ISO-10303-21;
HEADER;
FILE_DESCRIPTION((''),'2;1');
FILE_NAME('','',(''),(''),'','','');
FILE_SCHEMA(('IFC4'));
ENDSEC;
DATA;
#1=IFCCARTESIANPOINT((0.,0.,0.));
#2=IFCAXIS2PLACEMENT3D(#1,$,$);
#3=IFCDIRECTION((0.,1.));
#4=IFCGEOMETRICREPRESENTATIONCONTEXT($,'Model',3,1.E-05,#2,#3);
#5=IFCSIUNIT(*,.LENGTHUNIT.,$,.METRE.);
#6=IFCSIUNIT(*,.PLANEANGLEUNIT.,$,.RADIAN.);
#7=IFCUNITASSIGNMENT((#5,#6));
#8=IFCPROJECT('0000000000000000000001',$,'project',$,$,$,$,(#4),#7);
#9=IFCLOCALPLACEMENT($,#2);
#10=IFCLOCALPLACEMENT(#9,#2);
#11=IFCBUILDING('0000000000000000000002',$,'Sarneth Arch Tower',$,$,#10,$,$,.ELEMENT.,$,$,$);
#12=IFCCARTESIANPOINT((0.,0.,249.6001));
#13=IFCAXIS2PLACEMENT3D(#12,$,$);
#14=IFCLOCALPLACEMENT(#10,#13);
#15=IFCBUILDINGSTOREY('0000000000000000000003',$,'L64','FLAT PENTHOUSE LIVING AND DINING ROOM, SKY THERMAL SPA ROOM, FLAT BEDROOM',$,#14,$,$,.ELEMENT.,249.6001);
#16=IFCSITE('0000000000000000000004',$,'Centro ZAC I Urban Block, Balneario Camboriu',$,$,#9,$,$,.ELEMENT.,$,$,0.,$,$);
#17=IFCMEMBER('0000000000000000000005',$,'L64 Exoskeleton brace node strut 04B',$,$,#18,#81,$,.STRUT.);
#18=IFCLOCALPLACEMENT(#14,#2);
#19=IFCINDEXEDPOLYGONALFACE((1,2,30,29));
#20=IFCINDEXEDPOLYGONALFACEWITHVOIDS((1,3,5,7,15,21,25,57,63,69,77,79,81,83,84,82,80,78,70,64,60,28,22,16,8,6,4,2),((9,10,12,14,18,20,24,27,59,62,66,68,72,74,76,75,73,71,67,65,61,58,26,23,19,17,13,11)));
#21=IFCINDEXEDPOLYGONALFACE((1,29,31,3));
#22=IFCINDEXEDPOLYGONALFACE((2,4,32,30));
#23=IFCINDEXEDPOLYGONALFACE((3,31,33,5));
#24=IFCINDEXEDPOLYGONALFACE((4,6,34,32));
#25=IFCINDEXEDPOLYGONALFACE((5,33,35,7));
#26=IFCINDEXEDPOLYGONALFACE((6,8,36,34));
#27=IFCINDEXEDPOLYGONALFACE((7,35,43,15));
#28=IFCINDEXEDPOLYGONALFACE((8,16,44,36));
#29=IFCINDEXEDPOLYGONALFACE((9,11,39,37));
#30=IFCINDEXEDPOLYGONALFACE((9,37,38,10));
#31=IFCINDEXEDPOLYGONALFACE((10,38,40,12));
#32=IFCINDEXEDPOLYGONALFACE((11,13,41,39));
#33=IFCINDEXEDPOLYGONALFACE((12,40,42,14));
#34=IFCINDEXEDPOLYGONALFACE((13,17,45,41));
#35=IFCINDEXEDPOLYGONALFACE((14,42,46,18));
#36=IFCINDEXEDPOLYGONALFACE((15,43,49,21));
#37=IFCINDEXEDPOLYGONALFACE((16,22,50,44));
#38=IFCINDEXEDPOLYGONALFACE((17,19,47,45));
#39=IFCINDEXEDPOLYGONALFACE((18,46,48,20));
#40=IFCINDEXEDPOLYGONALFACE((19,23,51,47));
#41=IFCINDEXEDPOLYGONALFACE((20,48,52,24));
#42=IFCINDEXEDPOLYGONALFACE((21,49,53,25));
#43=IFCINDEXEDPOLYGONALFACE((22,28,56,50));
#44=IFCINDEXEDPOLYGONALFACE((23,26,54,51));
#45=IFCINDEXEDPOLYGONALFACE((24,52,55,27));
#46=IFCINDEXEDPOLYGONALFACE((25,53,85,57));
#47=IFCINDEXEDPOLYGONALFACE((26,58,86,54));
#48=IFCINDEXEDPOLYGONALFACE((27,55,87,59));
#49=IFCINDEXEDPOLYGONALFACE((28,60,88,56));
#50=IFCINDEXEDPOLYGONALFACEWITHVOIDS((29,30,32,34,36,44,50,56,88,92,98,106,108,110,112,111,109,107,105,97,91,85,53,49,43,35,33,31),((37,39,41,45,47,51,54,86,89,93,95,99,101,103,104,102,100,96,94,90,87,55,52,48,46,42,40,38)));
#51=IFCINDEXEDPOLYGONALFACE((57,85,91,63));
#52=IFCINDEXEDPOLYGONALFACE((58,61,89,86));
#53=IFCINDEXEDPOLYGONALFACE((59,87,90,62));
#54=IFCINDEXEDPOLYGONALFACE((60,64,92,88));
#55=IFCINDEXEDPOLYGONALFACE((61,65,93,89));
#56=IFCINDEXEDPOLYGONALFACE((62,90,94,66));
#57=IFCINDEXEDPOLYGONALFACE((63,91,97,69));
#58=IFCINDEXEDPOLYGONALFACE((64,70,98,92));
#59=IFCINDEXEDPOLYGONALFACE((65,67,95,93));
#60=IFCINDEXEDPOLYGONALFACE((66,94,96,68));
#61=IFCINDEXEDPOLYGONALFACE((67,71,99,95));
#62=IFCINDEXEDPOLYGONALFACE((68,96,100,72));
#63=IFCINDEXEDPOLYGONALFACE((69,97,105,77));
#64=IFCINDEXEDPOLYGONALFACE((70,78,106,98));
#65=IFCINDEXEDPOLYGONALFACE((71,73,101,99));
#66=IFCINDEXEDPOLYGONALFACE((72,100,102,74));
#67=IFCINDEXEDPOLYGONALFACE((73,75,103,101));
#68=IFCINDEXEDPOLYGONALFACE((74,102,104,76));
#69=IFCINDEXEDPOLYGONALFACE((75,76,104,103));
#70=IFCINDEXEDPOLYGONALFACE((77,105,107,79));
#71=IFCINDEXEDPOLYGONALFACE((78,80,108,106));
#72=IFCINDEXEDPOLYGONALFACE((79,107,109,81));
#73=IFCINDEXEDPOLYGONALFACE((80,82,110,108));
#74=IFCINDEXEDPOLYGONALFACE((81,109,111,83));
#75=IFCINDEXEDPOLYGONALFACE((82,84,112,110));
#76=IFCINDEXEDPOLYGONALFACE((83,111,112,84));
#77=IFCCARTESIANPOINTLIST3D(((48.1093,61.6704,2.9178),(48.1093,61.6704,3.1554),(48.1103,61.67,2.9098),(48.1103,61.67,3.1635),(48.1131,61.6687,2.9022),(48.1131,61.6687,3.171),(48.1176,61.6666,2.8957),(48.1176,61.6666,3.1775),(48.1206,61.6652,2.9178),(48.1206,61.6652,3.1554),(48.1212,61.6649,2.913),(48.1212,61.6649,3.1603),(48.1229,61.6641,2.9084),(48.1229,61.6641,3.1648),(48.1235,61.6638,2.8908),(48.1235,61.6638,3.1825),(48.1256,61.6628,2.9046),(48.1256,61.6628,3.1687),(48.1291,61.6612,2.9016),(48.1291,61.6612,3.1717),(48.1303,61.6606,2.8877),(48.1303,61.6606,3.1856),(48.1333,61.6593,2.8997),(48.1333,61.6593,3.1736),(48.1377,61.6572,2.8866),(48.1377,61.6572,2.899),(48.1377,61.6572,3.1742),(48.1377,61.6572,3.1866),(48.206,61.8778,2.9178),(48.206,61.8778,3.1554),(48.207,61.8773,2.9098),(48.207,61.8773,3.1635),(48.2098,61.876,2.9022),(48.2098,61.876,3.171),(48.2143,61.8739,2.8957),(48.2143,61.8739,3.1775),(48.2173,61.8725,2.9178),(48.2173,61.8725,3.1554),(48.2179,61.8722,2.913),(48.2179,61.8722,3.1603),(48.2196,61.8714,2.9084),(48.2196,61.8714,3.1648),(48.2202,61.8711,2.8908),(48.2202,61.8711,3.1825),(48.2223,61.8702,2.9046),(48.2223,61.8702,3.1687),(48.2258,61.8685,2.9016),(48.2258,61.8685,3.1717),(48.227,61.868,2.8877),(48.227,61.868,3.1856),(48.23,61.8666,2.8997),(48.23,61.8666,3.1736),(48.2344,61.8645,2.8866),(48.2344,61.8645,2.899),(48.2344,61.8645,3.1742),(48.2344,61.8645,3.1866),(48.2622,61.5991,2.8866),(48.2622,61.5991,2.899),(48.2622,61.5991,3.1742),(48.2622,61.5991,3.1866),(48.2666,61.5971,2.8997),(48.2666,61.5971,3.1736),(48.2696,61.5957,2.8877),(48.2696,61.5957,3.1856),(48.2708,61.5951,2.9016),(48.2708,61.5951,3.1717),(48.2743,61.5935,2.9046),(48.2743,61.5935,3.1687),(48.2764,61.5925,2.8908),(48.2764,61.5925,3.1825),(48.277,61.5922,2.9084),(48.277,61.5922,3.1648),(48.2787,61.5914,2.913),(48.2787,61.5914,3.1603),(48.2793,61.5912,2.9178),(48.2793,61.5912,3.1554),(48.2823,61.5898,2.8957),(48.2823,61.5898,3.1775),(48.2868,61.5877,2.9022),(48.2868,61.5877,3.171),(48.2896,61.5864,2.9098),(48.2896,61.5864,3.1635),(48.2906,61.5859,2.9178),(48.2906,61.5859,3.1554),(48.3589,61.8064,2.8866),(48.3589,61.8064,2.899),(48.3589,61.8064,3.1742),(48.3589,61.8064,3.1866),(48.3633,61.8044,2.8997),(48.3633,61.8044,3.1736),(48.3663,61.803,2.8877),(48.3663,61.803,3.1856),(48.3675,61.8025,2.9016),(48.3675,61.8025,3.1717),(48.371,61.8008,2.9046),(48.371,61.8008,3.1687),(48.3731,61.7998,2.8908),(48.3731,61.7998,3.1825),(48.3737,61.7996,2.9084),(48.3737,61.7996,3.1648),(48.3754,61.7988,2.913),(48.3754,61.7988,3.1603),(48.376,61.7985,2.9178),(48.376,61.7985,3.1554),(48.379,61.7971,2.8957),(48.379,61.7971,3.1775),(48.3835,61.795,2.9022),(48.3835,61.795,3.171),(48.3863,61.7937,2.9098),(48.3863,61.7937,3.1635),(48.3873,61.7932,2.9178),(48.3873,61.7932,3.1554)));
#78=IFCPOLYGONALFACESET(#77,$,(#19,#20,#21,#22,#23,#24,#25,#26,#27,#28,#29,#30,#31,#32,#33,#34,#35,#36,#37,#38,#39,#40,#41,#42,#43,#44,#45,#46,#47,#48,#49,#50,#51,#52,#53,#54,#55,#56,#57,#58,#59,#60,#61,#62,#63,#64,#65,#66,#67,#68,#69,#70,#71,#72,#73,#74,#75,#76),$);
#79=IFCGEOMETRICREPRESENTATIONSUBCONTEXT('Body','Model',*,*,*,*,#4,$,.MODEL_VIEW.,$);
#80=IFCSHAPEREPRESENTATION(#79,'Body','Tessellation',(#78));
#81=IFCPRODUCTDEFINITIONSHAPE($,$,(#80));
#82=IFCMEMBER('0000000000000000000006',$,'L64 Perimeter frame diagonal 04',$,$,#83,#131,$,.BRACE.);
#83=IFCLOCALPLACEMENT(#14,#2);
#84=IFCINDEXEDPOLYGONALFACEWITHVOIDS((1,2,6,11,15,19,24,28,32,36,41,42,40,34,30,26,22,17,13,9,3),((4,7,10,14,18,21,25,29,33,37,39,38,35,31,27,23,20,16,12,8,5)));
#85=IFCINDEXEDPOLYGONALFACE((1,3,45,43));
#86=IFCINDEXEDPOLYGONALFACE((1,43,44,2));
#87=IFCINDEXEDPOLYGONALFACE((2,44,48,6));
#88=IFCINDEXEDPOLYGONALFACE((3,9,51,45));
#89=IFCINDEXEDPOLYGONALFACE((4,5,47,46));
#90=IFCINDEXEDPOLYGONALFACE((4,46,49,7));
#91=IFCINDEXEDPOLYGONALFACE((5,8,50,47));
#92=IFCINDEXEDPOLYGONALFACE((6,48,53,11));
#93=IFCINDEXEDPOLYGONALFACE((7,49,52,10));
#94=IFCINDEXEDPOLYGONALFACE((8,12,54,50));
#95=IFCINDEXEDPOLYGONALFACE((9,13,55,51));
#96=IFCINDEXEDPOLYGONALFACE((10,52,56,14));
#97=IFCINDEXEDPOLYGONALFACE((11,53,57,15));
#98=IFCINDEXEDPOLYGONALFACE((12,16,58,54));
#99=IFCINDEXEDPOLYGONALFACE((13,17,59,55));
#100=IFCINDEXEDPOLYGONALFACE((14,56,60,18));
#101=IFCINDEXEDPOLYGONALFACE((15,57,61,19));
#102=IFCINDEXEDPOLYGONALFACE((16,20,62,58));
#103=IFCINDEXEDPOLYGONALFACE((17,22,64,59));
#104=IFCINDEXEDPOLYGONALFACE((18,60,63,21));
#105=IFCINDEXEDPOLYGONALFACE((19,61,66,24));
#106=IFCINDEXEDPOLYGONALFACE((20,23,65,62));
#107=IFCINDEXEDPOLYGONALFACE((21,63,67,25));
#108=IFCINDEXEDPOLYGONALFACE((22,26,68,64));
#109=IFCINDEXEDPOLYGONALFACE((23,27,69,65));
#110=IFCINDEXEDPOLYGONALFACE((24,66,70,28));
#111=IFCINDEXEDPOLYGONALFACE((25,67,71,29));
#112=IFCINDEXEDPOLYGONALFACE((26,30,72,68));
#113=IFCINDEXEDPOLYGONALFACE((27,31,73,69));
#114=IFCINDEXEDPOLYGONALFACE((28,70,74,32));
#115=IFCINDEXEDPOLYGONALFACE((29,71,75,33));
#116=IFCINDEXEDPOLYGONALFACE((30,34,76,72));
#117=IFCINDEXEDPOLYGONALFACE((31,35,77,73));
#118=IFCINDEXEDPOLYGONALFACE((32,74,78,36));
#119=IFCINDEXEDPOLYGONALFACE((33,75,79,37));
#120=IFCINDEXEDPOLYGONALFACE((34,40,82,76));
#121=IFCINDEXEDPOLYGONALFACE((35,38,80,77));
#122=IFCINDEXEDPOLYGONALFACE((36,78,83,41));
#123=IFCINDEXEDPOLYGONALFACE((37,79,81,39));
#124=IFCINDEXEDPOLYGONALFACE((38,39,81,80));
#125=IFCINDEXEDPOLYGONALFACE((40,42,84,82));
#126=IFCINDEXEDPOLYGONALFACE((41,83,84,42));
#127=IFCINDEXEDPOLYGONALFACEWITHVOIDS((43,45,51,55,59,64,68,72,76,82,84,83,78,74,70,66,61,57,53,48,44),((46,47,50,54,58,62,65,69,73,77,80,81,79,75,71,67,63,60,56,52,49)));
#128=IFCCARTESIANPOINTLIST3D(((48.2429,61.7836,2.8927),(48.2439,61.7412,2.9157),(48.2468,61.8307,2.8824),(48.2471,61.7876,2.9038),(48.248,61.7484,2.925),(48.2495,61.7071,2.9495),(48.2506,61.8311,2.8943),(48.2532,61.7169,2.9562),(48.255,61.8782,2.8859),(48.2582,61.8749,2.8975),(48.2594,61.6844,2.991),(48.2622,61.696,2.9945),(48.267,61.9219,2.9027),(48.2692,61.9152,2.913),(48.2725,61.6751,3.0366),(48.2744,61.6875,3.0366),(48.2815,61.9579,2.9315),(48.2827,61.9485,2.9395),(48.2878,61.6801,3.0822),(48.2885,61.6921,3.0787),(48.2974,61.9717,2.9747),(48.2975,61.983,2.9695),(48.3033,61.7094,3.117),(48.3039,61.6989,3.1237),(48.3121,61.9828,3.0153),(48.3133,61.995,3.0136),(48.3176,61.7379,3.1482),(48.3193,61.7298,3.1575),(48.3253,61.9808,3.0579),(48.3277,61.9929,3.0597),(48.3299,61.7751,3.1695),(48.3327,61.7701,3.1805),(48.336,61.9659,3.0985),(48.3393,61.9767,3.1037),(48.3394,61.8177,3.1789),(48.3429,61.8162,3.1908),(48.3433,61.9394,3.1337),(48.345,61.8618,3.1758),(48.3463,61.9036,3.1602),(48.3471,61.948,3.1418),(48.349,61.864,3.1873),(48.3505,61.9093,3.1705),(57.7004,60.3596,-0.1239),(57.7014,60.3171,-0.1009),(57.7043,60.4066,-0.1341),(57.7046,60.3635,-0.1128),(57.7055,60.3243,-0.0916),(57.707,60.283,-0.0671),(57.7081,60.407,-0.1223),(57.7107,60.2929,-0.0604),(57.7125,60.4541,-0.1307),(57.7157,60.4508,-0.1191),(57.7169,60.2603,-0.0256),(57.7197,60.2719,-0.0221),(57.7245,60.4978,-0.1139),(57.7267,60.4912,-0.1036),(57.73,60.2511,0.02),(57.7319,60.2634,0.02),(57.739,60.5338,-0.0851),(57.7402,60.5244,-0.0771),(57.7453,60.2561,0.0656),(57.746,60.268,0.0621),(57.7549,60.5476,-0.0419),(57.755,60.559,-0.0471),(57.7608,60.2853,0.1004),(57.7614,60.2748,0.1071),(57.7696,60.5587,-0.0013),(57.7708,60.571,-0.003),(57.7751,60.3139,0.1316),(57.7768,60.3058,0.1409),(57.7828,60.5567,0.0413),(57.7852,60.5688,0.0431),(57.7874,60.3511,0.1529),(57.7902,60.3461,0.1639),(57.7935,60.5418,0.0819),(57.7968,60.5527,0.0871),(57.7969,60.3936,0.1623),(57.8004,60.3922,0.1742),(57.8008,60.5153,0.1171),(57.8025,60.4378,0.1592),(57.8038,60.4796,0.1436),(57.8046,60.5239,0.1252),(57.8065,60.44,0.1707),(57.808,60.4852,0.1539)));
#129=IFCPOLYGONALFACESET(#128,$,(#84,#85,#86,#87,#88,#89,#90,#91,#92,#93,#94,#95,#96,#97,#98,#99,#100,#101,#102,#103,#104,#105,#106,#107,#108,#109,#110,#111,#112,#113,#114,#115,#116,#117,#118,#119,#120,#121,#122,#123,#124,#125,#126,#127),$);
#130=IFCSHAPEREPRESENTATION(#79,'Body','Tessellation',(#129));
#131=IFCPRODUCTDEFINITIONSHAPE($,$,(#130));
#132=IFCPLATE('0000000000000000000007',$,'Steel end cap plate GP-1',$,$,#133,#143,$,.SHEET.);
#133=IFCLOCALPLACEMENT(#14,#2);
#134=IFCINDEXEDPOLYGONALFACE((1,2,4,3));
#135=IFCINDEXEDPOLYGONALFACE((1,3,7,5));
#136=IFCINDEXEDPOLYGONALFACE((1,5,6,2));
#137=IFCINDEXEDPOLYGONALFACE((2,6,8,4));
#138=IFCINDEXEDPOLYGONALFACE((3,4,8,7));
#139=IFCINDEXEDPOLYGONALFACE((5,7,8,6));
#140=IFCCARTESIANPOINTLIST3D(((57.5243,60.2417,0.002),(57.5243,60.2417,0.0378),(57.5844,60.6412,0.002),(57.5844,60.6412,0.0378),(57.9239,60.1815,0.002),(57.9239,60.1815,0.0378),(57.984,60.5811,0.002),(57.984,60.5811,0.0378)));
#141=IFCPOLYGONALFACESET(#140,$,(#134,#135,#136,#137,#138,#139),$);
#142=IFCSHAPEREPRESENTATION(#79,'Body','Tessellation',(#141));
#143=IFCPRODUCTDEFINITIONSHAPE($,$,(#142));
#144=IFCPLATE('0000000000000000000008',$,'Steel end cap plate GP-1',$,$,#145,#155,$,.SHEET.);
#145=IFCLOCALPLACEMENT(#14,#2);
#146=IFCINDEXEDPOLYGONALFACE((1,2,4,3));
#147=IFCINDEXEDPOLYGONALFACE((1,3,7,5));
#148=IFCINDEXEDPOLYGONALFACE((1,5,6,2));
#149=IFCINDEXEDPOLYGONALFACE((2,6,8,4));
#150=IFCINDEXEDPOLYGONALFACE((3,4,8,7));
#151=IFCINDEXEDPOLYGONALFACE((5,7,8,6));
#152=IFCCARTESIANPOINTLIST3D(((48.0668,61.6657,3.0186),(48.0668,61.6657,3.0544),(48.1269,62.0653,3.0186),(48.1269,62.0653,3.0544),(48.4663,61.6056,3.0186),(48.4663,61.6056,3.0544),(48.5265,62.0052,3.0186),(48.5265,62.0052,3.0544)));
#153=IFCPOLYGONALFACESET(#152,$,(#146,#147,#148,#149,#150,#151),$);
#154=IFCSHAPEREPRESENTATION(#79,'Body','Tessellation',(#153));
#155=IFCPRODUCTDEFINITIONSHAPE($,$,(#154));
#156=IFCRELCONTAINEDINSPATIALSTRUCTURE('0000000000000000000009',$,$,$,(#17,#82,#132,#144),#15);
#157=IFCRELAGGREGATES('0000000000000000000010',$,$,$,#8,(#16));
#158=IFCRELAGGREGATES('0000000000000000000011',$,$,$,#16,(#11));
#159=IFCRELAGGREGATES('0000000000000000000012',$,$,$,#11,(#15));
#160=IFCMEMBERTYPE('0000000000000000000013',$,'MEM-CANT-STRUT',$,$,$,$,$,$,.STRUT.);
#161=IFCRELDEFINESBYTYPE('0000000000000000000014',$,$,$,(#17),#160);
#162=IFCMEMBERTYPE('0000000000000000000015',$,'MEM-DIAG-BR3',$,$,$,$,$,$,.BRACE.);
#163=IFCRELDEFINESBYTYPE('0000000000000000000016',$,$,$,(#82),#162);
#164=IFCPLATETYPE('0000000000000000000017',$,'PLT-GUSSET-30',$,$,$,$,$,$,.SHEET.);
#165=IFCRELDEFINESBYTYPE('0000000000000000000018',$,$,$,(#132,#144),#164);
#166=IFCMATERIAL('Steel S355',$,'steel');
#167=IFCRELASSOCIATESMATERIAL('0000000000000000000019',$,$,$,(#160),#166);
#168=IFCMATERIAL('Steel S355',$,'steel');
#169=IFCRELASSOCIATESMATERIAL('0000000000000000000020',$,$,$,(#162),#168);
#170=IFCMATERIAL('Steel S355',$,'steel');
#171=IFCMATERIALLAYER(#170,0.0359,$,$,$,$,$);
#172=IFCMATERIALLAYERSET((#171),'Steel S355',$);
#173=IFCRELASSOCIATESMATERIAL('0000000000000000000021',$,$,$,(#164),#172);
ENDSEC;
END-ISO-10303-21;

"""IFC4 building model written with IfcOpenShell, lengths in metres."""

from ifc_helpers import new_model, si_unit, direction, frame, origin, origin_2d, place, context, subcontext, project, spatial, rectangle, hollow_rectangle, hollow_circle, extrude, material, layer, layer_set, material_profile, profile_set, type_object, element, save


model = new_model("IFC4")

# Units and contexts
model_context = context("Model", 3, precision=1e-05, world=origin(), true_north=direction((0.0, 1.0)))
body_context = subcontext(model_context, "Body", "Model", "MODEL_VIEW")
ifc_project = project(units=[si_unit("LENGTHUNIT", "METRE"), si_unit("PLANEANGLEUNIT", "RADIAN")], contexts=[model_context])

# Site, building, storey
site_placement = place(None, origin())
site = spatial("IfcSite", under=ifc_project, at=site_placement, Name="Centro ZAC I Urban Block, Balneario Camboriu", CompositionType="ELEMENT", RefElevation=0.0)
building_placement = place(site_placement, origin())
building = spatial("IfcBuilding", under=site, at=building_placement, Name="Sarneth Arch Tower", CompositionType="ELEMENT")
storey_placement = place(building_placement, frame((0.0, 0.0, 249.6001)))
storey = spatial("IfcBuildingStorey", under=building, at=storey_placement, Name="L64", Description="FLAT PENTHOUSE LIVING AND DINING ROOM, SKY THERMAL SPA ROOM, FLAT BEDROOM", CompositionType="ELEMENT", Elevation=249.6001)

# Members
ifc_material_1 = material(Name="Steel S355", Category="steel")
ifc_material_profile_1 = material_profile(ifc_material_1, hollow_rectangle(XDim=0.2, YDim=0.3, WallThickness=0.0125, InnerFilletRadius=0.0188, OuterFilletRadius=0.0312, at=origin_2d()), Name="RHS300x200x12.5")
ifc_profile_set_1 = profile_set([ifc_material_profile_1], Name="Steel S355")
member_type_1 = type_object("IfcMemberType", Name="MEM-CANT-STRUT", PredefinedType="STRUT", material=ifc_profile_set_1)
member_1_placement = place(storey_placement, frame((48.2, 61.6282, 3.0366), z_axis=(0.42271, 0.906265, 0.0), x_axis=(-0.906265, 0.42271, 0.0)))
element("IfcMember", 1, at=member_1_placement, inside=storey, type_object=member_type_1, Name="L64 Exoskeleton brace node strut 04B", PredefinedType="STRUT", context=body_context, shape_type="SweptSolid", body=[
    extrude(hollow_rectangle(XDim=0.2, YDim=0.3, WallThickness=0.0125, InnerFilletRadius=0.0188, OuterFilletRadius=0.0312, at=origin_2d()), origin(), (0.0, 0.0, 1.0), 0.2288),
])
ifc_material_2 = material(Name="Steel S355", Category="steel")
ifc_material_profile_2 = material_profile(ifc_material_2, hollow_circle(Radius=0.1621, WallThickness=0.0125, at=origin_2d()), Name="CHS324x12.5")
ifc_profile_set_2 = profile_set([ifc_material_profile_2], Name="Steel S355")
member_type_2 = type_object("IfcMemberType", Name="MEM-DIAG-BR3", PredefinedType="BRACE", material=ifc_profile_set_2)
member_2_placement = place(storey_placement, frame((57.7542, 60.4114, 0.02), z_axis=(-0.943056, 0.142001, 0.3008), x_axis=(-0.148897, -0.988853, 0.0)))
element("IfcMember", 2, at=member_2_placement, inside=storey, type_object=member_type_2, Name="L64 Perimeter frame diagonal 04", PredefinedType="BRACE", context=body_context, shape_type="SweptSolid", body=[
    extrude(hollow_circle(Radius=0.1621, WallThickness=0.0125, at=origin_2d()), origin(), (0.0, 0.0, 1.0), 10.0286),
])

# Plates
ifc_material_3 = material(Name="Steel S355", Category="steel")
ifc_layer_1 = layer(ifc_material_3, 0.0359)
ifc_layer_set_1 = layer_set([ifc_layer_1], Name="Steel S355")
plate_type = type_object("IfcPlateType", Name="PLT-GUSSET-30", PredefinedType="SHEET", material=ifc_layer_set_1)
for number, where, z_axis, x_axis, name in (
    (3, (57.7542, 60.4114, 0.002), (0.0, 0.0, 1.0), (-0.988861, 0.148845, 0.0), "Steel end cap plate GP-1"),
    (4, (48.2966, 61.8354, 3.0186), (0.0, 0.0, 1.0), (-0.988861, 0.148845, 0.0), "Steel end cap plate GP-1"),
):
    element("IfcPlate", number, at=place(storey_placement, frame(where, z_axis=z_axis, x_axis=x_axis)), inside=storey, type_object=plate_type, Name=name, PredefinedType="SHEET", context=body_context, shape_type="SweptSolid", body=[
        extrude(rectangle(XDim=0.4041, YDim=0.4041, at=origin_2d()), origin(), (0.0, 0.0, 1.0), 0.0359),
    ])

save(model, "model.ifc")
